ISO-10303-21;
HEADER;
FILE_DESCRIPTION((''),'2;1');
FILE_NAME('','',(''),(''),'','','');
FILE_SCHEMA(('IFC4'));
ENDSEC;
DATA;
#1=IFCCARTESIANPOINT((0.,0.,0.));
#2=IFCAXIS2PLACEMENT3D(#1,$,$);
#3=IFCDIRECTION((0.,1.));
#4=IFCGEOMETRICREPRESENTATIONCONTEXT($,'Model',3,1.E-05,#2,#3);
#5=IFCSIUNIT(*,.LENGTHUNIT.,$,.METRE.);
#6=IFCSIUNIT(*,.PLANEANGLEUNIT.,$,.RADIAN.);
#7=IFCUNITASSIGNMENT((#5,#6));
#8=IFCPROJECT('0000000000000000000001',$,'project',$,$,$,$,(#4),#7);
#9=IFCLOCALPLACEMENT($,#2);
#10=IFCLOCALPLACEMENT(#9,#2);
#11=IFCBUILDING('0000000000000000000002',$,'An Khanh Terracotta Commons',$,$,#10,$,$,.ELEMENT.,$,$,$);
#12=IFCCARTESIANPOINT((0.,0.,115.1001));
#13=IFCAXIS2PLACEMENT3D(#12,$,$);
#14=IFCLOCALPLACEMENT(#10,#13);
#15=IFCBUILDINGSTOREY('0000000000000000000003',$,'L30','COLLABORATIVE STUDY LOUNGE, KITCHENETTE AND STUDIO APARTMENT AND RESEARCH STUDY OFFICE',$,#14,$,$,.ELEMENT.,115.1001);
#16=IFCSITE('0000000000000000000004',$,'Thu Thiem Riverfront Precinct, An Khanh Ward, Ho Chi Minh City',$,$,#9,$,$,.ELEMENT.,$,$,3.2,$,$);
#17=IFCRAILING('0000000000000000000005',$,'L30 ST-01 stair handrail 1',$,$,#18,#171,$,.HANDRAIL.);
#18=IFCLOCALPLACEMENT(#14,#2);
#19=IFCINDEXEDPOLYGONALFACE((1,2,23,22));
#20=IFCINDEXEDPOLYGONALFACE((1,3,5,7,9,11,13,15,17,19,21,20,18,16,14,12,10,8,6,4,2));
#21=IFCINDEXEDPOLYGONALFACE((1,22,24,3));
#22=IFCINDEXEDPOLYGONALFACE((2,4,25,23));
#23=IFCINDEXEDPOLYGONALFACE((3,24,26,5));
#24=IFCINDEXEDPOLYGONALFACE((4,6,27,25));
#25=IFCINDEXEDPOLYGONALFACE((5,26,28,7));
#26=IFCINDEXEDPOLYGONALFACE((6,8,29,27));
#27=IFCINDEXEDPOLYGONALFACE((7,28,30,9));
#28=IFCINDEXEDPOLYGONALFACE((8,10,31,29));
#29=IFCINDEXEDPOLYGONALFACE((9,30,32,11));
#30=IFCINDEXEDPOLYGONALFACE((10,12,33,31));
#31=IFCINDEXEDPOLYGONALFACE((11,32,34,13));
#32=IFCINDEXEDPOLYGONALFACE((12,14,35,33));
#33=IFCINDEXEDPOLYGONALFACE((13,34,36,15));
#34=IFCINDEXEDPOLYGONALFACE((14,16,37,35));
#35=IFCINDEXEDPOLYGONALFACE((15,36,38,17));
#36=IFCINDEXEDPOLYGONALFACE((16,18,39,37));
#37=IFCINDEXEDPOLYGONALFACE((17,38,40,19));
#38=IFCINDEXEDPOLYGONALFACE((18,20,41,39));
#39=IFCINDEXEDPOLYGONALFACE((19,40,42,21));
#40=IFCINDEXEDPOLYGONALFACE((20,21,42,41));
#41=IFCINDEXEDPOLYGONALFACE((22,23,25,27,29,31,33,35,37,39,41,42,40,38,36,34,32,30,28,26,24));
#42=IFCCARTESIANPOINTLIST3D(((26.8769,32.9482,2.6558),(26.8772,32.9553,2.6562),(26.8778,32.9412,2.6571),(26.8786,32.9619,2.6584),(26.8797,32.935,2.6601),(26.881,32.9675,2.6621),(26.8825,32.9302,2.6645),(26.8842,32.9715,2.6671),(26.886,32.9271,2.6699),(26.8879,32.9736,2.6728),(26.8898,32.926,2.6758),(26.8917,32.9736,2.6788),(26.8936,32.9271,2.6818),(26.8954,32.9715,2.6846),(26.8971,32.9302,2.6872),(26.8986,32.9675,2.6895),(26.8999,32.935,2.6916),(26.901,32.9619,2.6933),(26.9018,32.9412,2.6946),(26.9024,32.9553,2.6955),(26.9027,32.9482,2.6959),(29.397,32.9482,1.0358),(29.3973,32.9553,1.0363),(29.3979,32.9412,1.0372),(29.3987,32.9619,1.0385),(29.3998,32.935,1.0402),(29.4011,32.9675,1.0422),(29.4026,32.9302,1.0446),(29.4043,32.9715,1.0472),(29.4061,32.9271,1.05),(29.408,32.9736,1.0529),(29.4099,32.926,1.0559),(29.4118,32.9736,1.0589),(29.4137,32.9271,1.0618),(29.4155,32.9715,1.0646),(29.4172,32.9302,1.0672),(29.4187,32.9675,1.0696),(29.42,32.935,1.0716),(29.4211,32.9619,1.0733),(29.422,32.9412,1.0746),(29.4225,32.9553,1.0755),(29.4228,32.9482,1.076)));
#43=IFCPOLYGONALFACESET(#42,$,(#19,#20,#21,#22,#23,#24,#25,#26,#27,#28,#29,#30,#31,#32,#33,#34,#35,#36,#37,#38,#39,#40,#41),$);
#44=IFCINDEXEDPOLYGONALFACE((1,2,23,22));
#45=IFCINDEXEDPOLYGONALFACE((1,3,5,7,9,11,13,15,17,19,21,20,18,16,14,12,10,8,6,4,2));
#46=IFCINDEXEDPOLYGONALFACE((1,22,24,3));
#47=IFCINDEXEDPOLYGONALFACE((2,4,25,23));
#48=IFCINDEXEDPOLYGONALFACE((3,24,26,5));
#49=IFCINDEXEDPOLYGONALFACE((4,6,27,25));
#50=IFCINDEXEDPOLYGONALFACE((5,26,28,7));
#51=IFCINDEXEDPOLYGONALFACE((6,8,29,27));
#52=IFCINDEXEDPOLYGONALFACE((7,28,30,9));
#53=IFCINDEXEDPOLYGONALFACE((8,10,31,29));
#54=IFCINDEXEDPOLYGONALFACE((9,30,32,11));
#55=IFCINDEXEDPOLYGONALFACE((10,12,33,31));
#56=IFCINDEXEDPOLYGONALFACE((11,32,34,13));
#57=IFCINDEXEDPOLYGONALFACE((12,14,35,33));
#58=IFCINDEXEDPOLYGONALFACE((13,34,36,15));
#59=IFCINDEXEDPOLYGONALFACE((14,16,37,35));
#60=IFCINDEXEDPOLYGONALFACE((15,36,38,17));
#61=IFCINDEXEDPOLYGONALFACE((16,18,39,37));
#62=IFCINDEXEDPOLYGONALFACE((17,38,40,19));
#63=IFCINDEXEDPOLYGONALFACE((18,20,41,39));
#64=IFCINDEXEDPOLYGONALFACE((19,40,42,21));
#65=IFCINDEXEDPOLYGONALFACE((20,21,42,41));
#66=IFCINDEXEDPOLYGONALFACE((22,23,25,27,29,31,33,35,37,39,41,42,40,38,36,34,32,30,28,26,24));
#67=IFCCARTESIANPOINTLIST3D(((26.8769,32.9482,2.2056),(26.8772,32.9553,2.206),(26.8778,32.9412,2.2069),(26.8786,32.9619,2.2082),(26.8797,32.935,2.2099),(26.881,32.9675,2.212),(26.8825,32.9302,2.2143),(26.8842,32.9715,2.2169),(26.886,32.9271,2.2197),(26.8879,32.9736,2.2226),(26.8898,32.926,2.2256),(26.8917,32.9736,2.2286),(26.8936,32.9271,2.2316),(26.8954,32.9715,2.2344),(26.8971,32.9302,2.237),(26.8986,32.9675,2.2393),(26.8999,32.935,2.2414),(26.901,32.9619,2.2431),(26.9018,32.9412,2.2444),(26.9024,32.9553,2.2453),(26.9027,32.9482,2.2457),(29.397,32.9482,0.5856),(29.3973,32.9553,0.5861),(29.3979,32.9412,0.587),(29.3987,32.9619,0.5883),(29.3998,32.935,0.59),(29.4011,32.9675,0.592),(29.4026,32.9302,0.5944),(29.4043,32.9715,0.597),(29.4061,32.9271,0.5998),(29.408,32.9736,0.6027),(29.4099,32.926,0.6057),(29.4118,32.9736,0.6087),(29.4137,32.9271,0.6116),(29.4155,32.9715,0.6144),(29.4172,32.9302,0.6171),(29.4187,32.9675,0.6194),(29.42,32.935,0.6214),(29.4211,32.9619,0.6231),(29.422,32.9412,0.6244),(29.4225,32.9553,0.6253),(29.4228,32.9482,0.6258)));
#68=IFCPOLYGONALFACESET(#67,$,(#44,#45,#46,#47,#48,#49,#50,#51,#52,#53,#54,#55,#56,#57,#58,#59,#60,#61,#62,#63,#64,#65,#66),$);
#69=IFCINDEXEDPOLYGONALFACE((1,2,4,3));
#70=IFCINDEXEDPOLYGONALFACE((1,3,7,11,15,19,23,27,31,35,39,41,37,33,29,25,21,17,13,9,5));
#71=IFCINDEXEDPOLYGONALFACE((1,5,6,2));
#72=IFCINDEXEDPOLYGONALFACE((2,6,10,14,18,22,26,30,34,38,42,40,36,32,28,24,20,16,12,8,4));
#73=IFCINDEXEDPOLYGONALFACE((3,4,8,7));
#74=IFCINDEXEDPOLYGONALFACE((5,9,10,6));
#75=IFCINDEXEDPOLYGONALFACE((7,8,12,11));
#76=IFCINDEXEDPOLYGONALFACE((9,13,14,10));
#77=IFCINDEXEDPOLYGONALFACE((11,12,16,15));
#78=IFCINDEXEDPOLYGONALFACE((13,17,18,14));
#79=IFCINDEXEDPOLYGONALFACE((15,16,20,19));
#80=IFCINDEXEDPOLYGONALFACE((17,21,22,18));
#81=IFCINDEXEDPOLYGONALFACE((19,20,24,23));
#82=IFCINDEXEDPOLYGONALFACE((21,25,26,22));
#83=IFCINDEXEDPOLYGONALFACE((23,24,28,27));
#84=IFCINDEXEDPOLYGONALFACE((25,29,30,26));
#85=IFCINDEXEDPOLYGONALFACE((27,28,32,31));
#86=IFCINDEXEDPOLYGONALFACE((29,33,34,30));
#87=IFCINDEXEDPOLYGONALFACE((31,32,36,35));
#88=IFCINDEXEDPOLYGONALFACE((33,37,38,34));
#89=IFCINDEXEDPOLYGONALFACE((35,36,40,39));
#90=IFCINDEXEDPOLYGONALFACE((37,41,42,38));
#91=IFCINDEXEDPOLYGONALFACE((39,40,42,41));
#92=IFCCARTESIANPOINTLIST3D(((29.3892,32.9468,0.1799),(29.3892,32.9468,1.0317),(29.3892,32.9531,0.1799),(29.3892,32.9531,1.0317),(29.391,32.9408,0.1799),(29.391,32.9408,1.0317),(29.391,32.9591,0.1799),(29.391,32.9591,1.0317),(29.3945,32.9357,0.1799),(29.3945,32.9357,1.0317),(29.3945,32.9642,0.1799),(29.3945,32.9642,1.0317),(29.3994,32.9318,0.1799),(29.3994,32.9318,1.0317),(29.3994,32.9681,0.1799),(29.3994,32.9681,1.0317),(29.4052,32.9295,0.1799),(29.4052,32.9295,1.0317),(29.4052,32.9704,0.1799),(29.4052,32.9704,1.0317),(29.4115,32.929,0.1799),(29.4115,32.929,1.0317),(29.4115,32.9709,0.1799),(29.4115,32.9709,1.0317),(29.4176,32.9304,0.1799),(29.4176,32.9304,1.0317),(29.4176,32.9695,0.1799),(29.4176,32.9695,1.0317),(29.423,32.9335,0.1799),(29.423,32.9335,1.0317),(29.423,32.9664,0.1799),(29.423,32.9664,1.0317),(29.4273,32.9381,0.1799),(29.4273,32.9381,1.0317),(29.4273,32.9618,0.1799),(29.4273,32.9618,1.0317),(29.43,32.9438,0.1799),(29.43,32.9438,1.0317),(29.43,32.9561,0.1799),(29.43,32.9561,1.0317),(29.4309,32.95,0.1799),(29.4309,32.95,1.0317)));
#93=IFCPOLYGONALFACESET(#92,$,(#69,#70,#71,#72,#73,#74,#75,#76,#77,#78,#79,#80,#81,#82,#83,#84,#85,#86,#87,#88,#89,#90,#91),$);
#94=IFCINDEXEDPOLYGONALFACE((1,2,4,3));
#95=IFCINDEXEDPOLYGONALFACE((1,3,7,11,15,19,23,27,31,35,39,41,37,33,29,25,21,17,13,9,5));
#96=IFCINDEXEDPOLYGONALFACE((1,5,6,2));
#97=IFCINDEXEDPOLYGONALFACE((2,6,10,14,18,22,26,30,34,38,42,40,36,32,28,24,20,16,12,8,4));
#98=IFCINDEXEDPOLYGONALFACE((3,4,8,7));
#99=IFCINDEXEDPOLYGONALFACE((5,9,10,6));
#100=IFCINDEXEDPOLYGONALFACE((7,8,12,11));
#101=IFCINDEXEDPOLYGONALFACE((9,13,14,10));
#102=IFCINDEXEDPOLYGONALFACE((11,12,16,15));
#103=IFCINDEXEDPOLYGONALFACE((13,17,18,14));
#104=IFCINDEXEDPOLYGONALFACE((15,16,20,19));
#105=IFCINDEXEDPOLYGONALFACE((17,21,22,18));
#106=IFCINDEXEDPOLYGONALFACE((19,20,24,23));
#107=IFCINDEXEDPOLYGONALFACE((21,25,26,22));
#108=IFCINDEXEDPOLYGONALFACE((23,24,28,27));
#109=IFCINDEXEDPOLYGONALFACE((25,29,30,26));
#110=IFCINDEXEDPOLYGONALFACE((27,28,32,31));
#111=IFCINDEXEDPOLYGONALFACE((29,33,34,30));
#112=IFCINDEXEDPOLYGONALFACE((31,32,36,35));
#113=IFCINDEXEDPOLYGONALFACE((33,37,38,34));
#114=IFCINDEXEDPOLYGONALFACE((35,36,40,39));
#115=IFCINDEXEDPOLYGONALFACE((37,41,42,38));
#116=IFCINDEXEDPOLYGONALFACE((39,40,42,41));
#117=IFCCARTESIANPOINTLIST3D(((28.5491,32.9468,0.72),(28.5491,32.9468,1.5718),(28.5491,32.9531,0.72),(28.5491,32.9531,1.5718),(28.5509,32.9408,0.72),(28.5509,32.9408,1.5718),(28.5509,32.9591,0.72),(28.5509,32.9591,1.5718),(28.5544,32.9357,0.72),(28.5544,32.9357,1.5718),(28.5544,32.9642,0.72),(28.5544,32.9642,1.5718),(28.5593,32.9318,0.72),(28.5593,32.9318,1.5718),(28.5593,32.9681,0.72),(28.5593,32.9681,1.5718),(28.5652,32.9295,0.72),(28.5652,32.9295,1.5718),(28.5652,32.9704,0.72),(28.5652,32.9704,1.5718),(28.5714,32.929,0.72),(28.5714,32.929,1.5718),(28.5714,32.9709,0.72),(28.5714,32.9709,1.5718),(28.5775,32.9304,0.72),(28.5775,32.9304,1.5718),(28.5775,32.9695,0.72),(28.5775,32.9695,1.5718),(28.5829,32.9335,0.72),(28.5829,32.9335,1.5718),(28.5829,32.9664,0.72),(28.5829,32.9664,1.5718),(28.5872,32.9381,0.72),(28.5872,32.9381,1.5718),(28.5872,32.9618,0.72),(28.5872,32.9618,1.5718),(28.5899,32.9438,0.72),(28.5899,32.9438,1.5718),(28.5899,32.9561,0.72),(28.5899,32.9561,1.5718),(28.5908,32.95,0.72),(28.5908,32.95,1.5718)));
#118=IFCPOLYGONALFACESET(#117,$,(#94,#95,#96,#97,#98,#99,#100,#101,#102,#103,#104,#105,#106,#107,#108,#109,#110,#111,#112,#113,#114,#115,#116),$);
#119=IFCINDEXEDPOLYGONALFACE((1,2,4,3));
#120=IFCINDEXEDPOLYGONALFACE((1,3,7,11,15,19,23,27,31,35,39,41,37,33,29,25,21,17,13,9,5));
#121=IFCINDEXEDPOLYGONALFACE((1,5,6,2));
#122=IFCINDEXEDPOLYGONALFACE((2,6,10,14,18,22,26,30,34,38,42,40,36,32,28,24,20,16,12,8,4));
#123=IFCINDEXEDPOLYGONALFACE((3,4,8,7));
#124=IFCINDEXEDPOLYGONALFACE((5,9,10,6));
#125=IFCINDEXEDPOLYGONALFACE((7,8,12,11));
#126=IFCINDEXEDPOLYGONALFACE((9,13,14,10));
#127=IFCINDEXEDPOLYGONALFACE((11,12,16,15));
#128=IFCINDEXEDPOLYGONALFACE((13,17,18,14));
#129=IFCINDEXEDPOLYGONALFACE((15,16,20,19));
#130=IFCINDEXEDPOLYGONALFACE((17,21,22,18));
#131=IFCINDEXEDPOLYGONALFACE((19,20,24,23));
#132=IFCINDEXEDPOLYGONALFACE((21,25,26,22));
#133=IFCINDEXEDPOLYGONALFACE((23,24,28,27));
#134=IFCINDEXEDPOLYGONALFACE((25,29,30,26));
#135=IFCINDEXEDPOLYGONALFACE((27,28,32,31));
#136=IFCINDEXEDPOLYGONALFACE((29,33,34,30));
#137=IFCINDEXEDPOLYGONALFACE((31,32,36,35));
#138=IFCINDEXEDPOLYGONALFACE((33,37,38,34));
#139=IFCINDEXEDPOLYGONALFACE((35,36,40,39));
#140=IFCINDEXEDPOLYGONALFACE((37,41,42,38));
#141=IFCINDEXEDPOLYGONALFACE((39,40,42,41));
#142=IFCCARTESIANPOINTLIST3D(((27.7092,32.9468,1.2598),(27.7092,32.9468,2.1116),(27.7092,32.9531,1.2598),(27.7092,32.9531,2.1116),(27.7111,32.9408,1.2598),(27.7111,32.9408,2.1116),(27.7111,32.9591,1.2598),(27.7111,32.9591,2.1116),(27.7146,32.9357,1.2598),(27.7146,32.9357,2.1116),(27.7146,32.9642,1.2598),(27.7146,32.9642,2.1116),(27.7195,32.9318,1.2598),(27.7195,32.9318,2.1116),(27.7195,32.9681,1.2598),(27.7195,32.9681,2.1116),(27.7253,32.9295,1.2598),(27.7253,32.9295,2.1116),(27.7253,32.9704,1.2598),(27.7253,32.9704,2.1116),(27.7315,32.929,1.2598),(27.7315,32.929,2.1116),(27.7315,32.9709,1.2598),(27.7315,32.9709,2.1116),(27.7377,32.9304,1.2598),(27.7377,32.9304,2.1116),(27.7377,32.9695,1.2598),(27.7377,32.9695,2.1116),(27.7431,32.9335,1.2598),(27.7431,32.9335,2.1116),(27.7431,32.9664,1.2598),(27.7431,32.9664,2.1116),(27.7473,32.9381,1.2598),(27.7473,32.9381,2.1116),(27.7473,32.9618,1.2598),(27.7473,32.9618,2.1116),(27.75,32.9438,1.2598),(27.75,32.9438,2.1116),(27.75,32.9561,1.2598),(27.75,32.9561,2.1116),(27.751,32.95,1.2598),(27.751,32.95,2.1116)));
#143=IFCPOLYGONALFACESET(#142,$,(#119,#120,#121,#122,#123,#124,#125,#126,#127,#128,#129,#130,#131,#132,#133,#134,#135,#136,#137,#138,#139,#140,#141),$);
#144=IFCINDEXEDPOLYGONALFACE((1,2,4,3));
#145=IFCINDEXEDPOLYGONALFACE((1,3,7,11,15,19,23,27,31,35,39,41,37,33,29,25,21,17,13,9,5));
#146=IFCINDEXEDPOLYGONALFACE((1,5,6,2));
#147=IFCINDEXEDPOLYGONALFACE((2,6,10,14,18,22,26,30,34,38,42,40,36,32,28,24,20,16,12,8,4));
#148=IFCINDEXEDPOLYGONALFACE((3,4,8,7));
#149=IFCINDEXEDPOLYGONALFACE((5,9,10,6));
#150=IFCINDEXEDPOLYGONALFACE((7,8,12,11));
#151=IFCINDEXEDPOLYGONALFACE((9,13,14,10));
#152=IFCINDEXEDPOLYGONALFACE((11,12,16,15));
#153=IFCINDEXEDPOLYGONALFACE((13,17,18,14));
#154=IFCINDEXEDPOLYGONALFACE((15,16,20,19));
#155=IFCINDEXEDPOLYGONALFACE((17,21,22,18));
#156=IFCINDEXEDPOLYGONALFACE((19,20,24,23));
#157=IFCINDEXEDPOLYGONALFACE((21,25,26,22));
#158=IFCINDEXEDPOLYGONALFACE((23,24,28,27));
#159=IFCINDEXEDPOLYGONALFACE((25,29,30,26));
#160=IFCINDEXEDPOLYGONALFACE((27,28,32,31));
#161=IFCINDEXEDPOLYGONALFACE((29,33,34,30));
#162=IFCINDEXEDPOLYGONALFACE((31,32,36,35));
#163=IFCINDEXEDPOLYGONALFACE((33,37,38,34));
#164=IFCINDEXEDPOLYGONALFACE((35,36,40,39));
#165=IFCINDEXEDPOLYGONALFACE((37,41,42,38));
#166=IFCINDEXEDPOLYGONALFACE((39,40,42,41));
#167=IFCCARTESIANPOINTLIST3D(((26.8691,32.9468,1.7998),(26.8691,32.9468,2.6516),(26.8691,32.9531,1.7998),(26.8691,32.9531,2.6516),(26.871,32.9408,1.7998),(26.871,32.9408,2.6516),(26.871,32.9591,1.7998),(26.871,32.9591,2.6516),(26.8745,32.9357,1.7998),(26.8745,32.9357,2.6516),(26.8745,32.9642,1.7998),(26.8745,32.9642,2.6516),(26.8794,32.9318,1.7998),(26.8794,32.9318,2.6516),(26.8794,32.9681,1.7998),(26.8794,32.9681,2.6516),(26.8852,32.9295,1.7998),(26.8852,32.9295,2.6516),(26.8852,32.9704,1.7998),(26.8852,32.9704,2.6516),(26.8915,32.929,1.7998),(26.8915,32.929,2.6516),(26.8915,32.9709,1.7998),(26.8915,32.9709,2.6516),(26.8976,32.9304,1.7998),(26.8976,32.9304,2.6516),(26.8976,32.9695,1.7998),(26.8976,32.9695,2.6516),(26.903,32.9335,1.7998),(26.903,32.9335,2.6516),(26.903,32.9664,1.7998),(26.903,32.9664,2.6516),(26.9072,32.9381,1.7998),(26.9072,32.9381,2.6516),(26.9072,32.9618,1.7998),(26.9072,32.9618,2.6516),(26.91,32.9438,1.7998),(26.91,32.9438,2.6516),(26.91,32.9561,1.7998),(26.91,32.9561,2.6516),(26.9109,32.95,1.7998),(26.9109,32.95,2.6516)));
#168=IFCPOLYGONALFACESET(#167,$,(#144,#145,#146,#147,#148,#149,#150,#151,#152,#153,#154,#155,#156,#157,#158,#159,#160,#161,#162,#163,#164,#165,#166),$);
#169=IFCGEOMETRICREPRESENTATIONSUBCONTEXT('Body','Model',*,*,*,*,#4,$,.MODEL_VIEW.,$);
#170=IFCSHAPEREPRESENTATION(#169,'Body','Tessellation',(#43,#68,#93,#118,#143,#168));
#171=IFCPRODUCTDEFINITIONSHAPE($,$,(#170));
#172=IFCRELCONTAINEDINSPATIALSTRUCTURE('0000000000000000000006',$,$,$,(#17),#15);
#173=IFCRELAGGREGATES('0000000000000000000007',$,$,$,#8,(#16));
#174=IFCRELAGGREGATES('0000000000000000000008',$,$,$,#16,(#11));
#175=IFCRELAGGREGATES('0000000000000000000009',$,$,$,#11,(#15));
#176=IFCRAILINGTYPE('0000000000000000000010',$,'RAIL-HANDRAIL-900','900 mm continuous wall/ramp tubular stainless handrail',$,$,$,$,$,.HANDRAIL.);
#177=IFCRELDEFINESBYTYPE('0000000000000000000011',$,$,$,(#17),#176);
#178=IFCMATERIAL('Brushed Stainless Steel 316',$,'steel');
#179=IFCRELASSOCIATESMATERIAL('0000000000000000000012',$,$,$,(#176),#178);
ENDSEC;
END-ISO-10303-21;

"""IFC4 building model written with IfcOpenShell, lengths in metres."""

from ifc_helpers import new_model, si_unit, direction, frame, origin, origin_2d, place, context, subcontext, project, spatial, circle, extrude, material, type_object, element, save


model = new_model("IFC4")

# Units and contexts
model_context = context("Model", 3, precision=1e-05, world=origin(), true_north=direction((0.0, 1.0)))
body_context = subcontext(model_context, "Body", "Model", "MODEL_VIEW")
ifc_project = project(units=[si_unit("LENGTHUNIT", "METRE"), si_unit("PLANEANGLEUNIT", "RADIAN")], contexts=[model_context])

# Site, building, storey
site_placement = place(None, origin())
site = spatial("IfcSite", under=ifc_project, at=site_placement, Name="Thu Thiem Riverfront Precinct, An Khanh Ward, Ho Chi Minh City", CompositionType="ELEMENT", RefElevation=3.2)
building_placement = place(site_placement, origin())
building = spatial("IfcBuilding", under=site, at=building_placement, Name="An Khanh Terracotta Commons", CompositionType="ELEMENT")
storey_placement = place(building_placement, frame((0.0, 0.0, 115.1001)))
storey = spatial("IfcBuildingStorey", under=building, at=storey_placement, Name="L30", Description="COLLABORATIVE STUDY LOUNGE, KITCHENETTE AND STUDIO APARTMENT AND RESEARCH STUDY OFFICE", CompositionType="ELEMENT", Elevation=115.1001)

# Railing
ifc_material_1 = material(Name="Brushed Stainless Steel 316", Category="steel")
railing_type_1 = type_object("IfcRailingType", Name="RAIL-HANDRAIL-900", Description="900 mm continuous wall/ramp tubular stainless handrail", PredefinedType="HANDRAIL", material=ifc_material_1)
railing_1_placement = place(storey_placement, frame((29.4099, 32.95, 0.1799)))
element("IfcRailing", 1, at=railing_1_placement, inside=storey, type_object=railing_type_1, Name="L30 ST-01 stair handrail 1", PredefinedType="HANDRAIL", context=body_context, shape_type="SweptSolid", body=[
    extrude(circle(Radius=0.0239, at=origin_2d()), frame((0.0, 0.0, 0.876), z_axis=(-0.8412, 0.0, 0.540725), x_axis=(0.0, -1.0, 0.0)), (0.0, 0.0, 1.0), 2.9958),
    extrude(circle(Radius=0.0239, at=origin_2d()), frame((0.0, 0.0, 0.4258), z_axis=(-0.8412, 0.0, 0.540725), x_axis=(0.0, -1.0, 0.0)), (0.0, 0.0, 1.0), 2.9958),
    extrude(circle(Radius=0.021, at=origin_2d()), origin(), (0.0, 0.0, 1.0), 0.8518),
    extrude(circle(Radius=0.021, at=origin_2d()), frame((-0.8401, 0.0, 0.54)), (0.0, 0.0, 1.0), 0.8518),
    extrude(circle(Radius=0.021, at=origin_2d()), frame((-1.6799, 0.0, 1.0798)), (0.0, 0.0, 1.0), 0.8518),
    extrude(circle(Radius=0.021, at=origin_2d()), frame((-2.52, 0.0, 1.6199)), (0.0, 0.0, 1.0), 0.8518),
])

save(model, "model.ifc")
